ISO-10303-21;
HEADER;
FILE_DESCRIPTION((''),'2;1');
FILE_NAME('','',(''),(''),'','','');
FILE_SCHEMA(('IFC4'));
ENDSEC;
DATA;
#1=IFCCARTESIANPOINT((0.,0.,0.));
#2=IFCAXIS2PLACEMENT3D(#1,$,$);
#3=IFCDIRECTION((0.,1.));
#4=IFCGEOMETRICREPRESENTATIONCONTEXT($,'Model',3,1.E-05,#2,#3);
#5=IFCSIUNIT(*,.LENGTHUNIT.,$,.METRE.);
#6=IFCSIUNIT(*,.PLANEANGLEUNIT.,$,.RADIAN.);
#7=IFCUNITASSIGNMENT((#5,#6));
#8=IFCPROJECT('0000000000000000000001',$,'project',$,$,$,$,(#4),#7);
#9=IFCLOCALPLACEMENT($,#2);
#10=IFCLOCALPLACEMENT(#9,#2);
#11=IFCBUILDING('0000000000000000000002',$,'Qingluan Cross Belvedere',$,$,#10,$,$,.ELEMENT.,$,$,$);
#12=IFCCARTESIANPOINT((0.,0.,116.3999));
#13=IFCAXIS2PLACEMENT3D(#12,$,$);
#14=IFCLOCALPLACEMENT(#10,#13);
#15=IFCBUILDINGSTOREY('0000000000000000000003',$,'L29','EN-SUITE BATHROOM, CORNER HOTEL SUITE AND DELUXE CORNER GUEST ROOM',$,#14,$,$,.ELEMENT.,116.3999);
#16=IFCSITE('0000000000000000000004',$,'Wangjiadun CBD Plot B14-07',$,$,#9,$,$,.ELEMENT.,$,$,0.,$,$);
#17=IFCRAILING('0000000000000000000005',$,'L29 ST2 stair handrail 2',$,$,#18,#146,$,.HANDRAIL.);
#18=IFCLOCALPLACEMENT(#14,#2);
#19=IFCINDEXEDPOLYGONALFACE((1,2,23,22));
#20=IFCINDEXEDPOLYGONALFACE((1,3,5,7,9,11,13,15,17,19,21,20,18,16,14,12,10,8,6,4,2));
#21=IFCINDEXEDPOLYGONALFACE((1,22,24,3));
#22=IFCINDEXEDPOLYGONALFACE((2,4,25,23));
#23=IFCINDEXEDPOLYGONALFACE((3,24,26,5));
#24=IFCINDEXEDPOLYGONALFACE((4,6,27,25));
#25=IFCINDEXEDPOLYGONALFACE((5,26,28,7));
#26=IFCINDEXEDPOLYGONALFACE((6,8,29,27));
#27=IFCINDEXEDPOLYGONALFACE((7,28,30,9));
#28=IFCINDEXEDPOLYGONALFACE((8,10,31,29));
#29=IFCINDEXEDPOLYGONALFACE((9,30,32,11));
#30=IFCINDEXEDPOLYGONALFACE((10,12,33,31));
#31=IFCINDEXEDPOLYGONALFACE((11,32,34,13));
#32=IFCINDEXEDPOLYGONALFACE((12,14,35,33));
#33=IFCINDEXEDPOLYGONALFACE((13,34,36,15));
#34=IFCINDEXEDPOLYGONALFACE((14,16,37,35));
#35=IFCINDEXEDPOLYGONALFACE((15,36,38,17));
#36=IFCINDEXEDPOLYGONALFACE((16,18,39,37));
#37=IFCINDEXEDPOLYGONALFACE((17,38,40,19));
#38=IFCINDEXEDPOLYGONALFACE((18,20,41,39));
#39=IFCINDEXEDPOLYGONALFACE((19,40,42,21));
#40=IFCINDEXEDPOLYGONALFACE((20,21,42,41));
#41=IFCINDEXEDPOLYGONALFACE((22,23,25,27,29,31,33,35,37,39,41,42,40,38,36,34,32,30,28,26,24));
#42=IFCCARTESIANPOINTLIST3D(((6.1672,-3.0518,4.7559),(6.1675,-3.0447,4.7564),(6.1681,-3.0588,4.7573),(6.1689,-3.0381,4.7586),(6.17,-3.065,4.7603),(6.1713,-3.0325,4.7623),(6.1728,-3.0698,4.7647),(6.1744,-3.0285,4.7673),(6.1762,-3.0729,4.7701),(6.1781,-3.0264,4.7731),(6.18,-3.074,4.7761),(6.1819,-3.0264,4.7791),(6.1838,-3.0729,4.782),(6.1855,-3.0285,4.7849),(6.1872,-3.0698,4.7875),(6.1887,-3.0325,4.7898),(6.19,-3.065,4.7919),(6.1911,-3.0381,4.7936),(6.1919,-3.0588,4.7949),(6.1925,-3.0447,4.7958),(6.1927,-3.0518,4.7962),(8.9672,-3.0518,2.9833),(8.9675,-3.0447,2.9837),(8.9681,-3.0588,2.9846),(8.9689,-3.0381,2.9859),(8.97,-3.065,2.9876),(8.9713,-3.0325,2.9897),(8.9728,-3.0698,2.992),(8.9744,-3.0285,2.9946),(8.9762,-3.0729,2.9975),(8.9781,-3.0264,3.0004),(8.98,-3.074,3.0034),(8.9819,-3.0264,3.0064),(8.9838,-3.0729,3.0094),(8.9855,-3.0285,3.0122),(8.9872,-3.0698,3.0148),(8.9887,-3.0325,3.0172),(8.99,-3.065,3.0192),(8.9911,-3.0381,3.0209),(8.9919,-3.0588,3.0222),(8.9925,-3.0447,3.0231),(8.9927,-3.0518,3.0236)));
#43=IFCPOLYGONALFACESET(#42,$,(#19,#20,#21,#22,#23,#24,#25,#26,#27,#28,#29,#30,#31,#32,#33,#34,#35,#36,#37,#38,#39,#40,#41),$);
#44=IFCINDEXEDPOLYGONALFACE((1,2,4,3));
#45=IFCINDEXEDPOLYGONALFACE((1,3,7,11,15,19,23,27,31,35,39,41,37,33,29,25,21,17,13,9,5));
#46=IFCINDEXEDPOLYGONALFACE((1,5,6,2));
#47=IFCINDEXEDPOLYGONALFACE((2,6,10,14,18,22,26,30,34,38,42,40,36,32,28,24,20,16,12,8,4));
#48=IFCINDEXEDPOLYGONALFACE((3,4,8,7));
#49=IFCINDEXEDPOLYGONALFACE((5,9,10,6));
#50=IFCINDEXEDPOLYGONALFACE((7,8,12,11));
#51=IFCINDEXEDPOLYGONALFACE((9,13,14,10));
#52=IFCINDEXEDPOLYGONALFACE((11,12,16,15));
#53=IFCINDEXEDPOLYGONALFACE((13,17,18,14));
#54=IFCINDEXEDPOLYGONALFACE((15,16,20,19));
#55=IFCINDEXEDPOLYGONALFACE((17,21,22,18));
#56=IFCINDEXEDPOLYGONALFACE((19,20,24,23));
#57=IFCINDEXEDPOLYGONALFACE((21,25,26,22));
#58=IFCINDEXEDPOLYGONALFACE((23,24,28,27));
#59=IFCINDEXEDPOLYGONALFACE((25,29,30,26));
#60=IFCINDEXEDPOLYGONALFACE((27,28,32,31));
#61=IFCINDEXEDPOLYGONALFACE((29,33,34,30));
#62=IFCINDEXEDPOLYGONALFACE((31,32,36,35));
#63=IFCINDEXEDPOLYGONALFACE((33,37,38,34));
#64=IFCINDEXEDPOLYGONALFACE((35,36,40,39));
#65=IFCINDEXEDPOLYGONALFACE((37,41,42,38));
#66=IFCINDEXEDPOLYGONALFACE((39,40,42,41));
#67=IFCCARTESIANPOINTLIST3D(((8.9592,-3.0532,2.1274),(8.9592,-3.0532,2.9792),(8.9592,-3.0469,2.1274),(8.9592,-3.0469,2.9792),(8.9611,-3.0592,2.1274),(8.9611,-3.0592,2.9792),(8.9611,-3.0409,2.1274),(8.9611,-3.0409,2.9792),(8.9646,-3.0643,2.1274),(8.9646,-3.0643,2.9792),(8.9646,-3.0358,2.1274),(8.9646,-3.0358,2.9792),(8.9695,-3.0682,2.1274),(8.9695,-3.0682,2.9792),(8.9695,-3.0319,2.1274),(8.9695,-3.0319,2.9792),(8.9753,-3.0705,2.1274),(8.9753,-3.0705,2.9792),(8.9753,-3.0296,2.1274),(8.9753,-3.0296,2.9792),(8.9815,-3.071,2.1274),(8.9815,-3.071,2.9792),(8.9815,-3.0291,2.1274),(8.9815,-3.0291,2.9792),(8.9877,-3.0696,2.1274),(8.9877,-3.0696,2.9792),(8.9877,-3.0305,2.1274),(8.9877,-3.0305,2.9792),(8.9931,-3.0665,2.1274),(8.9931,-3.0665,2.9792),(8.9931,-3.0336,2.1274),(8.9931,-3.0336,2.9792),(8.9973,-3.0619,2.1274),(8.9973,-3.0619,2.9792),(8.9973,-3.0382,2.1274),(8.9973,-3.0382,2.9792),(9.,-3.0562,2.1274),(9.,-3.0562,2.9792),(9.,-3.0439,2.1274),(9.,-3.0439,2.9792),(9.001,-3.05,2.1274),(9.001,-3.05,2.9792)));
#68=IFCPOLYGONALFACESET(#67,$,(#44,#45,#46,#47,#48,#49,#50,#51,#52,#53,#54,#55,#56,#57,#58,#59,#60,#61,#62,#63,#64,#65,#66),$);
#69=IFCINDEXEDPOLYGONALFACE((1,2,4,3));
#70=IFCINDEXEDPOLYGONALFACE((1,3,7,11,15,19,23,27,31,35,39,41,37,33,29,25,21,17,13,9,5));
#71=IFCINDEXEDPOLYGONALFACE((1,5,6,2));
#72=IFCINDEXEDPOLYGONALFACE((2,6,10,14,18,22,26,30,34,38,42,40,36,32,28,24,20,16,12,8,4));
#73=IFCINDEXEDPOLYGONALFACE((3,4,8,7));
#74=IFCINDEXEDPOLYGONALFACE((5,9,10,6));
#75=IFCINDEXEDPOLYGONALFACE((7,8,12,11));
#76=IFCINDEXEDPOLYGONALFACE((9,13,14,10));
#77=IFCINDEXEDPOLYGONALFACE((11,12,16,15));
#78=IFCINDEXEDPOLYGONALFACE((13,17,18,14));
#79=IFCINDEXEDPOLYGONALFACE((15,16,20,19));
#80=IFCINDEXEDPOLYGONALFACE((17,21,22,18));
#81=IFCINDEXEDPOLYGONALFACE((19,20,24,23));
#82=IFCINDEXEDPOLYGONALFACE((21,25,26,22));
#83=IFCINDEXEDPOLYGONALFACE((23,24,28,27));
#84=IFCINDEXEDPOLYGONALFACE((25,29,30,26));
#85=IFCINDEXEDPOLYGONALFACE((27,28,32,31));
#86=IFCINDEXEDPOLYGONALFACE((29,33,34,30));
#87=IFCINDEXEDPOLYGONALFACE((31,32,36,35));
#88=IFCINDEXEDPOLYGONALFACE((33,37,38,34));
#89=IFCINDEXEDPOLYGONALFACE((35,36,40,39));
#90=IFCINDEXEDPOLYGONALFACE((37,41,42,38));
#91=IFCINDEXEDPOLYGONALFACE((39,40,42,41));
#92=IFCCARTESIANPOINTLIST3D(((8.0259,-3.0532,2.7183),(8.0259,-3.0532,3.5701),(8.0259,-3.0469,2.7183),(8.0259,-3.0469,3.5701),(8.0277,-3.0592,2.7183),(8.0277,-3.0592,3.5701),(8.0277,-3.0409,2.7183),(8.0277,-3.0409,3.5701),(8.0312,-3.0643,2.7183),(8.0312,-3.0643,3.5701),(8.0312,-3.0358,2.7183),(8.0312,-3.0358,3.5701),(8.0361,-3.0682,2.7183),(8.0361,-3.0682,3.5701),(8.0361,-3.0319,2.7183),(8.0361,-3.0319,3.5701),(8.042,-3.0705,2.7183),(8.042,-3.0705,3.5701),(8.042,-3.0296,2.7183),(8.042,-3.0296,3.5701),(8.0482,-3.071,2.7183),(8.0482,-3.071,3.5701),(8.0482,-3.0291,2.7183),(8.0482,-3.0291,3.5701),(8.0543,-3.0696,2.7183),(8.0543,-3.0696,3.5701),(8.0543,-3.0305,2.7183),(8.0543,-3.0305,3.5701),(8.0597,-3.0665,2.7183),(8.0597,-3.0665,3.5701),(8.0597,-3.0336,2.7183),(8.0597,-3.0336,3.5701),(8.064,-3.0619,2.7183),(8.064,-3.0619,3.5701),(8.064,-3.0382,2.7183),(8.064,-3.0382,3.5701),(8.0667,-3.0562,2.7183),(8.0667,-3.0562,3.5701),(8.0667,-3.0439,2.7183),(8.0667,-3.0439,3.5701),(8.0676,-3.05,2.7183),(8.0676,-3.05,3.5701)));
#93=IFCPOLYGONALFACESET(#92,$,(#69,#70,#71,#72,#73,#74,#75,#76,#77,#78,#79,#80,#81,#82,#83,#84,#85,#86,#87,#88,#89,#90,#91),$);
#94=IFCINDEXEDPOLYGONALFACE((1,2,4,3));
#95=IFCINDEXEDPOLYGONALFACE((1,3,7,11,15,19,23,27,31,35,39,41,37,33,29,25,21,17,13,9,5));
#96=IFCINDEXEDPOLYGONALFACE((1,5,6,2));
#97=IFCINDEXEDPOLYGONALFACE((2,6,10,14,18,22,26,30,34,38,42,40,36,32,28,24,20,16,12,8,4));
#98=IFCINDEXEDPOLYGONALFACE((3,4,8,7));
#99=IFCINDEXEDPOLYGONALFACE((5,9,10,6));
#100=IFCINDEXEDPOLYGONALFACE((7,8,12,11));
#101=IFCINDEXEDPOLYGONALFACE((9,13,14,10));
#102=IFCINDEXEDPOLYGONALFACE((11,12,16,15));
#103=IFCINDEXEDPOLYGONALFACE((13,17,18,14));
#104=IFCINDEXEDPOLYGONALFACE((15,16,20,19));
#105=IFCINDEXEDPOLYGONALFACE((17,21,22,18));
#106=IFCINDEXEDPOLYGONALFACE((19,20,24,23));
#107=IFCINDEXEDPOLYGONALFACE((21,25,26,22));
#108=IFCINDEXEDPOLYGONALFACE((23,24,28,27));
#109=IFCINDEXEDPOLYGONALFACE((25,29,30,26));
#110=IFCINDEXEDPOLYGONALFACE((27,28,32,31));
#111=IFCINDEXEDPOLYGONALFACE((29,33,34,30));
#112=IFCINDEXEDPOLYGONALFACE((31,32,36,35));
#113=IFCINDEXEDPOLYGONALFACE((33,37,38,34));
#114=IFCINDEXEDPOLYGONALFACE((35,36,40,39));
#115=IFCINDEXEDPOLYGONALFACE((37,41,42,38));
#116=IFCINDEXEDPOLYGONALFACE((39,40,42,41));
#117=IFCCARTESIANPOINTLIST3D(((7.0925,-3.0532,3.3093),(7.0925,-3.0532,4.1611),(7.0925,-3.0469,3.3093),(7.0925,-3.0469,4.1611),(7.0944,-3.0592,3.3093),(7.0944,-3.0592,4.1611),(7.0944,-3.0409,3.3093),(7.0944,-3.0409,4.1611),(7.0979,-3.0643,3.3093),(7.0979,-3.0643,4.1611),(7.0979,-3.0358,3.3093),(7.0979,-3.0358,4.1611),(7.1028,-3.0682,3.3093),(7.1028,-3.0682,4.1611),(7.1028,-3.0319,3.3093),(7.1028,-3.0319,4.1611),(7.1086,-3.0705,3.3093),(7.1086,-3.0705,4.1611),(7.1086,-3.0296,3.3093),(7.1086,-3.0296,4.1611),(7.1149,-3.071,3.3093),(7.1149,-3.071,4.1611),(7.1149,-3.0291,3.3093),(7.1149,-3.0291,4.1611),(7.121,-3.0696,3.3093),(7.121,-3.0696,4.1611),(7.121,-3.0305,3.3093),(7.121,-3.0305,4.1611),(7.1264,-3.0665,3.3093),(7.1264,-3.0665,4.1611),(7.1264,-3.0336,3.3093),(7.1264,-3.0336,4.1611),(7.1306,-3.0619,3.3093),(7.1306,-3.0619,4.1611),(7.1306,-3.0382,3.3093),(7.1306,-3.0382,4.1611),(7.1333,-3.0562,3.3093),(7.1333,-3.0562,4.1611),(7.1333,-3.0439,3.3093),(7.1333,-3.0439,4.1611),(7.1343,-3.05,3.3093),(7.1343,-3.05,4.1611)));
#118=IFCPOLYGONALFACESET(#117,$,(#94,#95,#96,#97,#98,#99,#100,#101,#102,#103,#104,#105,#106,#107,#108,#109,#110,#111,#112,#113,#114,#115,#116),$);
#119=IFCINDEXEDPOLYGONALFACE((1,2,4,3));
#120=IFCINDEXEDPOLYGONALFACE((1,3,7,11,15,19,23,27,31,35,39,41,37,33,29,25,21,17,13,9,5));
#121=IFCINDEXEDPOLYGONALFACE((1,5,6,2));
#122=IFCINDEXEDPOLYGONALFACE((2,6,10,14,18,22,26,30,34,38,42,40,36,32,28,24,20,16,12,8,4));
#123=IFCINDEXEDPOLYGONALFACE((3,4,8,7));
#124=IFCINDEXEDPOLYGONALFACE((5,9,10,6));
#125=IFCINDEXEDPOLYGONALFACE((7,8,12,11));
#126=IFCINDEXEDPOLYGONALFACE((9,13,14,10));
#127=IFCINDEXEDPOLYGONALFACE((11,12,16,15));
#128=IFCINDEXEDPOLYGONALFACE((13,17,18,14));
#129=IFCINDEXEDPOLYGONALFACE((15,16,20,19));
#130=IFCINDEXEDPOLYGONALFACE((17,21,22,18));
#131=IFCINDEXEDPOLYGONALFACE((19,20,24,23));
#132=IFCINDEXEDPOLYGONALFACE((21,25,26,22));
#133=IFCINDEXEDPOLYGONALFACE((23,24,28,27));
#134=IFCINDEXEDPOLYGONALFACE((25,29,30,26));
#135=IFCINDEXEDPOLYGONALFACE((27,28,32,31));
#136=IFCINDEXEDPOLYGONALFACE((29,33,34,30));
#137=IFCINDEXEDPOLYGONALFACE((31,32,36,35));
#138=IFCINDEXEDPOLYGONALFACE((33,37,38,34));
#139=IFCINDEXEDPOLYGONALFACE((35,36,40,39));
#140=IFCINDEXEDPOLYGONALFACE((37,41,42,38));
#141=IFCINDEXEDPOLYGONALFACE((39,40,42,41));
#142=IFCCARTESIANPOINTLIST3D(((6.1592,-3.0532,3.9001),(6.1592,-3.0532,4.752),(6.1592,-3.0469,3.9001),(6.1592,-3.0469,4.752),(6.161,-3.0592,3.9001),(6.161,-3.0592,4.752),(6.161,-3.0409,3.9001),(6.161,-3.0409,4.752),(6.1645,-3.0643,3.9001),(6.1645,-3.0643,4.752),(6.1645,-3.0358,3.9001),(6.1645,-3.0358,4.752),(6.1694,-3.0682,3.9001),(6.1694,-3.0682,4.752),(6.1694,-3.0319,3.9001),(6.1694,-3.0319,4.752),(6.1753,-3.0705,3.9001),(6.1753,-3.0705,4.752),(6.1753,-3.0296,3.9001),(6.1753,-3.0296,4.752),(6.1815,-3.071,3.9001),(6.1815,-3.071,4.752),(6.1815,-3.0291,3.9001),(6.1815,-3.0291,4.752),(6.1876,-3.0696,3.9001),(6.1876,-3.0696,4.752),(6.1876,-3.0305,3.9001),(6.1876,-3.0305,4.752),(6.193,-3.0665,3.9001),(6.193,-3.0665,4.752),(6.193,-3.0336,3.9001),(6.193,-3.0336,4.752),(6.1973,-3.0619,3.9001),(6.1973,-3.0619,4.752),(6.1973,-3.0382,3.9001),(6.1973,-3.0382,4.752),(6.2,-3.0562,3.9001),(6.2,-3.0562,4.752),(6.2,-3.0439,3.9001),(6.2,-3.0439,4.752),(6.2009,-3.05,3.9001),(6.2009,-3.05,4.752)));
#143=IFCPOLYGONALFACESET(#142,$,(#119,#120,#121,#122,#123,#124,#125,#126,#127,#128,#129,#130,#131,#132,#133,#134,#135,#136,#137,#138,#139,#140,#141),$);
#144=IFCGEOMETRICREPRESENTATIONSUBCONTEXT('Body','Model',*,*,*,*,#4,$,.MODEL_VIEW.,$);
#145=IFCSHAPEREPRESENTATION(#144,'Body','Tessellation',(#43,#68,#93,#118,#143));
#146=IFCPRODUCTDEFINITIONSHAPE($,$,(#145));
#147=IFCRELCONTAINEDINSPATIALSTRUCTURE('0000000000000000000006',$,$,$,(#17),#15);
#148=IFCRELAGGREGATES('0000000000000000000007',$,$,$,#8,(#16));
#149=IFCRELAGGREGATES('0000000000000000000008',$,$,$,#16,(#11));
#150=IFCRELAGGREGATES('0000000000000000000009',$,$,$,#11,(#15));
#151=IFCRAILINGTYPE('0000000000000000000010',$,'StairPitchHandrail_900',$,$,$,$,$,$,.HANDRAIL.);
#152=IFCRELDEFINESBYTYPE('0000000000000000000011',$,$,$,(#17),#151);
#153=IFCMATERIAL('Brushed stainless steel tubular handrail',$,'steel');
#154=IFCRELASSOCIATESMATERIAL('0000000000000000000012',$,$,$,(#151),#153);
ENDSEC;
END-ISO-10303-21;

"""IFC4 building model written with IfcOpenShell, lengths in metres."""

from ifc_helpers import new_model, si_unit, direction, frame, origin, origin_2d, place, context, subcontext, project, spatial, circle, extrude, material, type_object, element, save


model = new_model("IFC4")

# Units and contexts
model_context = context("Model", 3, precision=1e-05, world=origin(), true_north=direction((0.0, 1.0)))
body_context = subcontext(model_context, "Body", "Model", "MODEL_VIEW")
ifc_project = project(units=[si_unit("LENGTHUNIT", "METRE"), si_unit("PLANEANGLEUNIT", "RADIAN")], contexts=[model_context])

# Site, building, storey
site_placement = place(None, origin())
site = spatial("IfcSite", under=ifc_project, at=site_placement, Name="Wangjiadun CBD Plot B14-07", CompositionType="ELEMENT", RefElevation=0.0)
building_placement = place(site_placement, origin())
building = spatial("IfcBuilding", under=site, at=building_placement, Name="Qingluan Cross Belvedere", CompositionType="ELEMENT")
storey_placement = place(building_placement, frame((0.0, 0.0, 116.3999)))
storey = spatial("IfcBuildingStorey", under=building, at=storey_placement, Name="L29", Description="EN-SUITE BATHROOM, CORNER HOTEL SUITE AND DELUXE CORNER GUEST ROOM", CompositionType="ELEMENT", Elevation=116.3999)

# Railing
ifc_material_1 = material(Name="Brushed stainless steel tubular handrail", Category="steel")
railing_type_1 = type_object("IfcRailingType", Name="StairPitchHandrail_900", PredefinedType="HANDRAIL", material=ifc_material_1)
railing_1_placement = place(storey_placement, frame((8.98, -3.05, 2.1274)))
element("IfcRailing", 1, at=railing_1_placement, inside=storey, type_object=railing_type_1, Name="L29 ST2 stair handrail 2", PredefinedType="HANDRAIL", context=body_context, shape_type="SweptSolid", body=[
    extrude(circle(Radius=0.0239, at=origin_2d()), frame((0.0, 0.0, 0.876), z_axis=(-0.844909, 0.0, 0.53491), x_axis=(0.0, -1.0, 0.0)), (0.0, 0.0, 1.0), 3.314),
    extrude(circle(Radius=0.021, at=origin_2d()), origin(), (0.0, 0.0, 1.0), 0.8518),
    extrude(circle(Radius=0.021, at=origin_2d()), frame((-0.9333, 0.0, 0.5908)), (0.0, 0.0, 1.0), 0.8518),
    extrude(circle(Radius=0.021, at=origin_2d()), frame((-1.8667, 0.0, 1.1819)), (0.0, 0.0, 1.0), 0.8518),
    extrude(circle(Radius=0.021, at=origin_2d()), frame((-2.8, 0.0, 1.7727)), (0.0, 0.0, 1.0), 0.8518),
])

save(model, "model.ifc")
